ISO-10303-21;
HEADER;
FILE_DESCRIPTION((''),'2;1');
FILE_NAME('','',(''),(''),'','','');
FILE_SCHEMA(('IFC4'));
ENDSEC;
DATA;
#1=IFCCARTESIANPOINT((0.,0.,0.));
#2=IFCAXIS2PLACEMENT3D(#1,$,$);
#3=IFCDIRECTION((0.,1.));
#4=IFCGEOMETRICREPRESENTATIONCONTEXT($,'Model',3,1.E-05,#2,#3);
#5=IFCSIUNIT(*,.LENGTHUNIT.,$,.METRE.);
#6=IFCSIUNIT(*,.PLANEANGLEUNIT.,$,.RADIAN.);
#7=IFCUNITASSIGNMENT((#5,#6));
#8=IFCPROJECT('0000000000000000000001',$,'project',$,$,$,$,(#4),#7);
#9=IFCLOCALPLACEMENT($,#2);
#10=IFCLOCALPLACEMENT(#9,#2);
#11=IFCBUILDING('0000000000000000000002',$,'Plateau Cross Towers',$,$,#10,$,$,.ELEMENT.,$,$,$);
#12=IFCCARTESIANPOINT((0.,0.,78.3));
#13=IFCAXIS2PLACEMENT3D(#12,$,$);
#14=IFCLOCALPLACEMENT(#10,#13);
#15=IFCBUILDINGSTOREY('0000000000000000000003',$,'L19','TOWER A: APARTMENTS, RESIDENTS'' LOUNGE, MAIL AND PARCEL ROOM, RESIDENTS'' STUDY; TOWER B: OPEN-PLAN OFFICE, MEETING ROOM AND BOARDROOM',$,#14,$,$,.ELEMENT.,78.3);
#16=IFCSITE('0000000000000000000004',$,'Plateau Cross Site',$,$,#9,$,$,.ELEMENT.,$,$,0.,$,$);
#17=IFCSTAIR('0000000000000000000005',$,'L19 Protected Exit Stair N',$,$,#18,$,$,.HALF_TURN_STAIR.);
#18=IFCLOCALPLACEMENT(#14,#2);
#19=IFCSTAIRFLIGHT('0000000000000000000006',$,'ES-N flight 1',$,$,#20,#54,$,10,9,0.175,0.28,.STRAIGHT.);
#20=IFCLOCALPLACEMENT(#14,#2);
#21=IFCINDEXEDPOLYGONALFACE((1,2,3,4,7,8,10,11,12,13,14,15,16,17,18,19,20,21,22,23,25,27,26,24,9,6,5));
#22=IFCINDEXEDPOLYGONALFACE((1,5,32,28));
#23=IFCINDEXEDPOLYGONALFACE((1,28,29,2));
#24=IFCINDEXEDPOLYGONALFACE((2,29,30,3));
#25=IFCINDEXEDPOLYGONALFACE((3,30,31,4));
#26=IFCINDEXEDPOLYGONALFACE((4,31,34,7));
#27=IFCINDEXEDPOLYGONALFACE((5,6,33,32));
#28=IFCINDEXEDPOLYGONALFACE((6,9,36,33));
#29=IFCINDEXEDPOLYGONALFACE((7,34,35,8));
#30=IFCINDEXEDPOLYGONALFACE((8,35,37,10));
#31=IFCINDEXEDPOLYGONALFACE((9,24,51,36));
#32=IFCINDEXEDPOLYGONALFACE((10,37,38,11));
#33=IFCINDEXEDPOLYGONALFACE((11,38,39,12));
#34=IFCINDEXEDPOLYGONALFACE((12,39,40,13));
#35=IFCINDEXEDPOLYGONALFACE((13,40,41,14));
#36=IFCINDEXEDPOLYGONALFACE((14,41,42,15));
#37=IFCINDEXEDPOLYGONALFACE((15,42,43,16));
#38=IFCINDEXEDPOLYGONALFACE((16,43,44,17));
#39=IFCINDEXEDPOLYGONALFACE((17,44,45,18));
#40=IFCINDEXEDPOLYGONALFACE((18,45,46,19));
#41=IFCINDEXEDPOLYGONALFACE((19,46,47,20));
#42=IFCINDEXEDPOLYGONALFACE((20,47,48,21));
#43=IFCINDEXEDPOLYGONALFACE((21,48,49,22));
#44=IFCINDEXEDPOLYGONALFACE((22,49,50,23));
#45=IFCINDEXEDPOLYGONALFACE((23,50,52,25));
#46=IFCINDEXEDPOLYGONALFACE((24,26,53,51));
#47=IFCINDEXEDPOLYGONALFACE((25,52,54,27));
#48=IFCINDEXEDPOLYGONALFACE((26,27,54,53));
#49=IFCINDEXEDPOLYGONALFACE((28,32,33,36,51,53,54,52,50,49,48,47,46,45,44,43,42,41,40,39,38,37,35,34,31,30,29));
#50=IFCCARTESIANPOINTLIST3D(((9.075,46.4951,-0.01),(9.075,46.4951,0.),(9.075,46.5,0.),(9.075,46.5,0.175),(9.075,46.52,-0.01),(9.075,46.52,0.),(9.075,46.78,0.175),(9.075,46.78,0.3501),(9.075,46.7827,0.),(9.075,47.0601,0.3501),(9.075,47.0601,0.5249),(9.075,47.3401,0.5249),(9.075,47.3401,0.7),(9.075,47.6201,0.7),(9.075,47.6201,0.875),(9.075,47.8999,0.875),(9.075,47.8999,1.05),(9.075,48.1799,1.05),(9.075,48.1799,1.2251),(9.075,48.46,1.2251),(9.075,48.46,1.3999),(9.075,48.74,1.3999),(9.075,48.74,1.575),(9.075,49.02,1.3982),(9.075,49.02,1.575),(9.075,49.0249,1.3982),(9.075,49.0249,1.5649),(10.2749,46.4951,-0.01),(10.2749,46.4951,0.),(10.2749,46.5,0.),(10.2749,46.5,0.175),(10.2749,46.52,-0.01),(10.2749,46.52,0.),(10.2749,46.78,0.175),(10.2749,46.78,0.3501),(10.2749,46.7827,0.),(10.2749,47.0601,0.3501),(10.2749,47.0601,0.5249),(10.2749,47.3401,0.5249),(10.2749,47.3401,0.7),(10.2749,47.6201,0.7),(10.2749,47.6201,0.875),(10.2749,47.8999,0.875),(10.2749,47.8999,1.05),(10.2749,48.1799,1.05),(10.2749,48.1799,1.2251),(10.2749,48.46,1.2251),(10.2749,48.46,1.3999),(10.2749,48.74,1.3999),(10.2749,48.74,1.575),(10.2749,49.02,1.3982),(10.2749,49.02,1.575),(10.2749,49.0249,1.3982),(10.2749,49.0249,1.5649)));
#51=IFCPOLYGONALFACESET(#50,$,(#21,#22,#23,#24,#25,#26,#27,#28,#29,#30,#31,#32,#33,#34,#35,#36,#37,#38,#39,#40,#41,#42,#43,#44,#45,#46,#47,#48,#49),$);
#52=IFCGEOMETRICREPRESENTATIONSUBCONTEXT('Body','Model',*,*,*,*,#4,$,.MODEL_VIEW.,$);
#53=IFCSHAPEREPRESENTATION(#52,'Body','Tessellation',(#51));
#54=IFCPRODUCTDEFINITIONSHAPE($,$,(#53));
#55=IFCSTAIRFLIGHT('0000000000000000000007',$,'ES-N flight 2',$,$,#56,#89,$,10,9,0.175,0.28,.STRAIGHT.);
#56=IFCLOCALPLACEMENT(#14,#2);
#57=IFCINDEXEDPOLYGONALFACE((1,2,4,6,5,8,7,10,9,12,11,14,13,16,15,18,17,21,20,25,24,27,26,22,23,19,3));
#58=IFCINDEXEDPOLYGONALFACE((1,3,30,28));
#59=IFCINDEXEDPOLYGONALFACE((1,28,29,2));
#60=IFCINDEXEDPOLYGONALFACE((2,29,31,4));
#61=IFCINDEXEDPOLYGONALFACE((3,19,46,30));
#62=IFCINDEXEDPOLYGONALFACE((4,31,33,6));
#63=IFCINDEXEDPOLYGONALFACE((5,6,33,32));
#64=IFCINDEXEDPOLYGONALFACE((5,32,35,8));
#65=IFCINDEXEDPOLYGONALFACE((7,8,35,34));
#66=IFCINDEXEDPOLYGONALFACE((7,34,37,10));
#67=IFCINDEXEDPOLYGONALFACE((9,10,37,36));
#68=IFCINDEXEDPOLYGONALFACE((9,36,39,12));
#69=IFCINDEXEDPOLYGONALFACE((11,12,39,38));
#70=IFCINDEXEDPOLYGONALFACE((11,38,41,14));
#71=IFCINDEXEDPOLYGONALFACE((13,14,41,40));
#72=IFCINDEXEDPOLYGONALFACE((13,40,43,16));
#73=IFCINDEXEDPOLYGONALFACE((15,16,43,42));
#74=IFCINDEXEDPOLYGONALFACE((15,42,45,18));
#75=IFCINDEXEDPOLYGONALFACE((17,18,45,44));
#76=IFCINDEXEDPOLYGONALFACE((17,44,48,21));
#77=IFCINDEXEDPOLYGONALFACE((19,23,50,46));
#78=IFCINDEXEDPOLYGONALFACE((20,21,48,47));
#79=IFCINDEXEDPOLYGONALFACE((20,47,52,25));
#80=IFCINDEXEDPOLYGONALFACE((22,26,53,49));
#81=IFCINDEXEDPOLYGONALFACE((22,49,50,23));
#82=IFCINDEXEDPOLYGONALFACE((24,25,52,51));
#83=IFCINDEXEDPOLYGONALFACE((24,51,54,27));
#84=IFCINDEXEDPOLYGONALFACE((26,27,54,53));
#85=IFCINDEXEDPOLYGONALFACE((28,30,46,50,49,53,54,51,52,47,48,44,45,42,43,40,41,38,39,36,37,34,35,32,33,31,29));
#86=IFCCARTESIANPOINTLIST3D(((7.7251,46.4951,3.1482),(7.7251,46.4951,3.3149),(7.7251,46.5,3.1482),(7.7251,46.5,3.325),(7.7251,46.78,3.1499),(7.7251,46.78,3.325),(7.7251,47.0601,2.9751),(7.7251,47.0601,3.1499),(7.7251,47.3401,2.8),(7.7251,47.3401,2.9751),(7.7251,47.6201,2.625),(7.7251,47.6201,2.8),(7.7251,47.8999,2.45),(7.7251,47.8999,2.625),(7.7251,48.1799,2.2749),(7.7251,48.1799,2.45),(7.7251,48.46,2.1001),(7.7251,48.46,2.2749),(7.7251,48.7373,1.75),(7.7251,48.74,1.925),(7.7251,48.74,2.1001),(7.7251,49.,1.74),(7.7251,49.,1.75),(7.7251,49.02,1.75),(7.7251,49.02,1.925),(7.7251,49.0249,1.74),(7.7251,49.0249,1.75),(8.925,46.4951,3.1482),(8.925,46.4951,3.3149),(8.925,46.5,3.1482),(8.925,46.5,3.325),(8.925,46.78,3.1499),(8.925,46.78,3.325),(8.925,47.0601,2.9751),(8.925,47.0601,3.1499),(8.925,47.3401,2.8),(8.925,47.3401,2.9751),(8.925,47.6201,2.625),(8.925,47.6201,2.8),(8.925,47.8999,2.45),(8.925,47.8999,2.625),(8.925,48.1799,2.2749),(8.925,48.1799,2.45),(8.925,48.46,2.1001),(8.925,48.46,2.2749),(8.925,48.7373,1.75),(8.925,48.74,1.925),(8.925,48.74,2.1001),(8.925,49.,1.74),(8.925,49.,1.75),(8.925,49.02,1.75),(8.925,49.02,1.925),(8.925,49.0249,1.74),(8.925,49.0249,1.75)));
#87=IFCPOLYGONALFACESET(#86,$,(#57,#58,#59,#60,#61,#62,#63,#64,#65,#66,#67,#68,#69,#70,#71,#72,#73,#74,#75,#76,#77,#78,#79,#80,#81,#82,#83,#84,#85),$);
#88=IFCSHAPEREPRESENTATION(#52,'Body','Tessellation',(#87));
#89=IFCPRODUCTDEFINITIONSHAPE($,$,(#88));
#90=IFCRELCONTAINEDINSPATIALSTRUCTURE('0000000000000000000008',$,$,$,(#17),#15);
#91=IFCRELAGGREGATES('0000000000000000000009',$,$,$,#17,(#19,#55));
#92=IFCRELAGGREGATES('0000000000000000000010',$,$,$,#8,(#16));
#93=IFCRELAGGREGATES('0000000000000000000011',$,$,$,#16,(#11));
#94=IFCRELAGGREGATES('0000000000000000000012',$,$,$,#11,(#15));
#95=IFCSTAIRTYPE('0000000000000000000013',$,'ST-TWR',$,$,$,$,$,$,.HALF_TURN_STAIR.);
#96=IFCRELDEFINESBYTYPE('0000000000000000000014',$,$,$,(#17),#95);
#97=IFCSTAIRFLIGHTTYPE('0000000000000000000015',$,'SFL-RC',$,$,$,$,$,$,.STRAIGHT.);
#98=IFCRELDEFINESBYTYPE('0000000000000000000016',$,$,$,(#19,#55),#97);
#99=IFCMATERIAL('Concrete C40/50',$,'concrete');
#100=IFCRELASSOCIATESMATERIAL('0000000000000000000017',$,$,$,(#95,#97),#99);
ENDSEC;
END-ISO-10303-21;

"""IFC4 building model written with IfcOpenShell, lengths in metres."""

from ifc_helpers import new_model, si_unit, direction, frame, origin, place, context, subcontext, project, spatial, polyline, outline, extrude, material, type_object, element, aggregate, save


model = new_model("IFC4")

# Units and contexts
model_context = context("Model", 3, precision=1e-05, world=origin(), true_north=direction((0.0, 1.0)))
body_context = subcontext(model_context, "Body", "Model", "MODEL_VIEW")
ifc_project = project(units=[si_unit("LENGTHUNIT", "METRE"), si_unit("PLANEANGLEUNIT", "RADIAN")], contexts=[model_context])

# Site, building, storey
site_placement = place(None, origin())
site = spatial("IfcSite", under=ifc_project, at=site_placement, Name="Plateau Cross Site", CompositionType="ELEMENT", RefElevation=0.0)
building_placement = place(site_placement, origin())
building = spatial("IfcBuilding", under=site, at=building_placement, Name="Plateau Cross Towers", CompositionType="ELEMENT")
storey_placement = place(building_placement, frame((0.0, 0.0, 78.3)))
storey = spatial("IfcBuildingStorey", under=building, at=storey_placement, Name="L19", Description="TOWER A: APARTMENTS, RESIDENTS' LOUNGE, MAIL AND PARCEL ROOM, RESIDENTS' STUDY; TOWER B: OPEN-PLAN OFFICE, MEETING ROOM AND BOARDROOM", CompositionType="ELEMENT", Elevation=78.3)

# Stair, stair flights
ifc_material_1 = material(Name="Concrete C40/50", Category="concrete")
stair_type = type_object("IfcStairType", Name="ST-TWR", PredefinedType="HALF_TURN_STAIR", material=ifc_material_1)
stair_placement = place(storey_placement, origin())
stair = element("IfcStair", 1, at=stair_placement, inside=storey, type_object=stair_type, Name="L19 Protected Exit Stair N", PredefinedType="HALF_TURN_STAIR")
stair_flight_type = type_object("IfcStairFlightType", Name="SFL-RC", PredefinedType="STRAIGHT", material=ifc_material_1)
stair_flight_1_placement = place(storey_placement, frame((9.675, 46.5, 0.0), z_axis=(0.0, 0.0, 1.0), x_axis=(0.0, 1.0, 0.0)))
stair_flight_1 = element("IfcStairFlight", 2, at=stair_flight_1_placement, type_object=stair_flight_type, Name="ES-N flight 1", NumberOfRisers=10, NumberOfTreads=9, PredefinedType="STRAIGHT", RiserHeight=0.175, TreadLength=0.28, context=body_context, shape_type="SweptSolid", body=[
    extrude(outline(polyline([(-0.0049, -0.01), (-0.0049, 0.0), (0.0, 0.0), (0.0, 0.175), (0.28, 0.175), (0.28, 0.3501), (0.5601, 0.3501), (0.5601, 0.5249), (0.8401, 0.5249), (0.8401, 0.7), (1.1201, 0.7), (1.1201, 0.875), (1.3999, 0.875), (1.3999, 1.05), (1.6799, 1.05), (1.6799, 1.2251), (1.96, 1.2251), (1.96, 1.3999), (2.24, 1.3999), (2.24, 1.575), (2.52, 1.575), (2.5249, 1.5649), (2.5249, 1.3982), (2.52, 1.3982), (0.2827, 0.0), (0.02, 0.0), (0.02, -0.01), (-0.0049, -0.01)])), frame((0.0, 0.6001, 0.0), z_axis=(0.0, -1.0, 0.0), x_axis=(1.0, 0.0, 0.0)), (0.0, 0.0, 1.0), 1.2),
])
stair_flight_2_placement = place(storey_placement, frame((8.325, 49.02, 1.75), z_axis=(0.0, 0.0, 1.0), x_axis=(0.0, -1.0, 0.0)))
stair_flight_2 = element("IfcStairFlight", 3, at=stair_flight_2_placement, type_object=stair_flight_type, Name="ES-N flight 2", NumberOfRisers=10, NumberOfTreads=9, PredefinedType="STRAIGHT", RiserHeight=0.175, TreadLength=0.28, context=body_context, shape_type="SweptSolid", body=[
    extrude(outline(polyline([(-0.0049, -0.01), (-0.0049, 0.0), (0.0, 0.0), (0.0, 0.175), (0.28, 0.175), (0.28, 0.3501), (0.5601, 0.3501), (0.5601, 0.5249), (0.8401, 0.5249), (0.8401, 0.7), (1.1201, 0.7), (1.1201, 0.875), (1.3999, 0.875), (1.3999, 1.05), (1.6799, 1.05), (1.6799, 1.2251), (1.96, 1.2251), (1.96, 1.3999), (2.24, 1.3999), (2.24, 1.575), (2.52, 1.575), (2.5249, 1.5649), (2.5249, 1.3982), (2.52, 1.3982), (0.2827, 0.0), (0.02, 0.0), (0.02, -0.01), (-0.0049, -0.01)])), frame((0.0, 0.6001, 0.0), z_axis=(0.0, -1.0, 0.0), x_axis=(1.0, 0.0, 0.0)), (0.0, 0.0, 1.0), 1.2),
])
aggregate(stair, [stair_flight_1, stair_flight_2])

save(model, "model.ifc")
